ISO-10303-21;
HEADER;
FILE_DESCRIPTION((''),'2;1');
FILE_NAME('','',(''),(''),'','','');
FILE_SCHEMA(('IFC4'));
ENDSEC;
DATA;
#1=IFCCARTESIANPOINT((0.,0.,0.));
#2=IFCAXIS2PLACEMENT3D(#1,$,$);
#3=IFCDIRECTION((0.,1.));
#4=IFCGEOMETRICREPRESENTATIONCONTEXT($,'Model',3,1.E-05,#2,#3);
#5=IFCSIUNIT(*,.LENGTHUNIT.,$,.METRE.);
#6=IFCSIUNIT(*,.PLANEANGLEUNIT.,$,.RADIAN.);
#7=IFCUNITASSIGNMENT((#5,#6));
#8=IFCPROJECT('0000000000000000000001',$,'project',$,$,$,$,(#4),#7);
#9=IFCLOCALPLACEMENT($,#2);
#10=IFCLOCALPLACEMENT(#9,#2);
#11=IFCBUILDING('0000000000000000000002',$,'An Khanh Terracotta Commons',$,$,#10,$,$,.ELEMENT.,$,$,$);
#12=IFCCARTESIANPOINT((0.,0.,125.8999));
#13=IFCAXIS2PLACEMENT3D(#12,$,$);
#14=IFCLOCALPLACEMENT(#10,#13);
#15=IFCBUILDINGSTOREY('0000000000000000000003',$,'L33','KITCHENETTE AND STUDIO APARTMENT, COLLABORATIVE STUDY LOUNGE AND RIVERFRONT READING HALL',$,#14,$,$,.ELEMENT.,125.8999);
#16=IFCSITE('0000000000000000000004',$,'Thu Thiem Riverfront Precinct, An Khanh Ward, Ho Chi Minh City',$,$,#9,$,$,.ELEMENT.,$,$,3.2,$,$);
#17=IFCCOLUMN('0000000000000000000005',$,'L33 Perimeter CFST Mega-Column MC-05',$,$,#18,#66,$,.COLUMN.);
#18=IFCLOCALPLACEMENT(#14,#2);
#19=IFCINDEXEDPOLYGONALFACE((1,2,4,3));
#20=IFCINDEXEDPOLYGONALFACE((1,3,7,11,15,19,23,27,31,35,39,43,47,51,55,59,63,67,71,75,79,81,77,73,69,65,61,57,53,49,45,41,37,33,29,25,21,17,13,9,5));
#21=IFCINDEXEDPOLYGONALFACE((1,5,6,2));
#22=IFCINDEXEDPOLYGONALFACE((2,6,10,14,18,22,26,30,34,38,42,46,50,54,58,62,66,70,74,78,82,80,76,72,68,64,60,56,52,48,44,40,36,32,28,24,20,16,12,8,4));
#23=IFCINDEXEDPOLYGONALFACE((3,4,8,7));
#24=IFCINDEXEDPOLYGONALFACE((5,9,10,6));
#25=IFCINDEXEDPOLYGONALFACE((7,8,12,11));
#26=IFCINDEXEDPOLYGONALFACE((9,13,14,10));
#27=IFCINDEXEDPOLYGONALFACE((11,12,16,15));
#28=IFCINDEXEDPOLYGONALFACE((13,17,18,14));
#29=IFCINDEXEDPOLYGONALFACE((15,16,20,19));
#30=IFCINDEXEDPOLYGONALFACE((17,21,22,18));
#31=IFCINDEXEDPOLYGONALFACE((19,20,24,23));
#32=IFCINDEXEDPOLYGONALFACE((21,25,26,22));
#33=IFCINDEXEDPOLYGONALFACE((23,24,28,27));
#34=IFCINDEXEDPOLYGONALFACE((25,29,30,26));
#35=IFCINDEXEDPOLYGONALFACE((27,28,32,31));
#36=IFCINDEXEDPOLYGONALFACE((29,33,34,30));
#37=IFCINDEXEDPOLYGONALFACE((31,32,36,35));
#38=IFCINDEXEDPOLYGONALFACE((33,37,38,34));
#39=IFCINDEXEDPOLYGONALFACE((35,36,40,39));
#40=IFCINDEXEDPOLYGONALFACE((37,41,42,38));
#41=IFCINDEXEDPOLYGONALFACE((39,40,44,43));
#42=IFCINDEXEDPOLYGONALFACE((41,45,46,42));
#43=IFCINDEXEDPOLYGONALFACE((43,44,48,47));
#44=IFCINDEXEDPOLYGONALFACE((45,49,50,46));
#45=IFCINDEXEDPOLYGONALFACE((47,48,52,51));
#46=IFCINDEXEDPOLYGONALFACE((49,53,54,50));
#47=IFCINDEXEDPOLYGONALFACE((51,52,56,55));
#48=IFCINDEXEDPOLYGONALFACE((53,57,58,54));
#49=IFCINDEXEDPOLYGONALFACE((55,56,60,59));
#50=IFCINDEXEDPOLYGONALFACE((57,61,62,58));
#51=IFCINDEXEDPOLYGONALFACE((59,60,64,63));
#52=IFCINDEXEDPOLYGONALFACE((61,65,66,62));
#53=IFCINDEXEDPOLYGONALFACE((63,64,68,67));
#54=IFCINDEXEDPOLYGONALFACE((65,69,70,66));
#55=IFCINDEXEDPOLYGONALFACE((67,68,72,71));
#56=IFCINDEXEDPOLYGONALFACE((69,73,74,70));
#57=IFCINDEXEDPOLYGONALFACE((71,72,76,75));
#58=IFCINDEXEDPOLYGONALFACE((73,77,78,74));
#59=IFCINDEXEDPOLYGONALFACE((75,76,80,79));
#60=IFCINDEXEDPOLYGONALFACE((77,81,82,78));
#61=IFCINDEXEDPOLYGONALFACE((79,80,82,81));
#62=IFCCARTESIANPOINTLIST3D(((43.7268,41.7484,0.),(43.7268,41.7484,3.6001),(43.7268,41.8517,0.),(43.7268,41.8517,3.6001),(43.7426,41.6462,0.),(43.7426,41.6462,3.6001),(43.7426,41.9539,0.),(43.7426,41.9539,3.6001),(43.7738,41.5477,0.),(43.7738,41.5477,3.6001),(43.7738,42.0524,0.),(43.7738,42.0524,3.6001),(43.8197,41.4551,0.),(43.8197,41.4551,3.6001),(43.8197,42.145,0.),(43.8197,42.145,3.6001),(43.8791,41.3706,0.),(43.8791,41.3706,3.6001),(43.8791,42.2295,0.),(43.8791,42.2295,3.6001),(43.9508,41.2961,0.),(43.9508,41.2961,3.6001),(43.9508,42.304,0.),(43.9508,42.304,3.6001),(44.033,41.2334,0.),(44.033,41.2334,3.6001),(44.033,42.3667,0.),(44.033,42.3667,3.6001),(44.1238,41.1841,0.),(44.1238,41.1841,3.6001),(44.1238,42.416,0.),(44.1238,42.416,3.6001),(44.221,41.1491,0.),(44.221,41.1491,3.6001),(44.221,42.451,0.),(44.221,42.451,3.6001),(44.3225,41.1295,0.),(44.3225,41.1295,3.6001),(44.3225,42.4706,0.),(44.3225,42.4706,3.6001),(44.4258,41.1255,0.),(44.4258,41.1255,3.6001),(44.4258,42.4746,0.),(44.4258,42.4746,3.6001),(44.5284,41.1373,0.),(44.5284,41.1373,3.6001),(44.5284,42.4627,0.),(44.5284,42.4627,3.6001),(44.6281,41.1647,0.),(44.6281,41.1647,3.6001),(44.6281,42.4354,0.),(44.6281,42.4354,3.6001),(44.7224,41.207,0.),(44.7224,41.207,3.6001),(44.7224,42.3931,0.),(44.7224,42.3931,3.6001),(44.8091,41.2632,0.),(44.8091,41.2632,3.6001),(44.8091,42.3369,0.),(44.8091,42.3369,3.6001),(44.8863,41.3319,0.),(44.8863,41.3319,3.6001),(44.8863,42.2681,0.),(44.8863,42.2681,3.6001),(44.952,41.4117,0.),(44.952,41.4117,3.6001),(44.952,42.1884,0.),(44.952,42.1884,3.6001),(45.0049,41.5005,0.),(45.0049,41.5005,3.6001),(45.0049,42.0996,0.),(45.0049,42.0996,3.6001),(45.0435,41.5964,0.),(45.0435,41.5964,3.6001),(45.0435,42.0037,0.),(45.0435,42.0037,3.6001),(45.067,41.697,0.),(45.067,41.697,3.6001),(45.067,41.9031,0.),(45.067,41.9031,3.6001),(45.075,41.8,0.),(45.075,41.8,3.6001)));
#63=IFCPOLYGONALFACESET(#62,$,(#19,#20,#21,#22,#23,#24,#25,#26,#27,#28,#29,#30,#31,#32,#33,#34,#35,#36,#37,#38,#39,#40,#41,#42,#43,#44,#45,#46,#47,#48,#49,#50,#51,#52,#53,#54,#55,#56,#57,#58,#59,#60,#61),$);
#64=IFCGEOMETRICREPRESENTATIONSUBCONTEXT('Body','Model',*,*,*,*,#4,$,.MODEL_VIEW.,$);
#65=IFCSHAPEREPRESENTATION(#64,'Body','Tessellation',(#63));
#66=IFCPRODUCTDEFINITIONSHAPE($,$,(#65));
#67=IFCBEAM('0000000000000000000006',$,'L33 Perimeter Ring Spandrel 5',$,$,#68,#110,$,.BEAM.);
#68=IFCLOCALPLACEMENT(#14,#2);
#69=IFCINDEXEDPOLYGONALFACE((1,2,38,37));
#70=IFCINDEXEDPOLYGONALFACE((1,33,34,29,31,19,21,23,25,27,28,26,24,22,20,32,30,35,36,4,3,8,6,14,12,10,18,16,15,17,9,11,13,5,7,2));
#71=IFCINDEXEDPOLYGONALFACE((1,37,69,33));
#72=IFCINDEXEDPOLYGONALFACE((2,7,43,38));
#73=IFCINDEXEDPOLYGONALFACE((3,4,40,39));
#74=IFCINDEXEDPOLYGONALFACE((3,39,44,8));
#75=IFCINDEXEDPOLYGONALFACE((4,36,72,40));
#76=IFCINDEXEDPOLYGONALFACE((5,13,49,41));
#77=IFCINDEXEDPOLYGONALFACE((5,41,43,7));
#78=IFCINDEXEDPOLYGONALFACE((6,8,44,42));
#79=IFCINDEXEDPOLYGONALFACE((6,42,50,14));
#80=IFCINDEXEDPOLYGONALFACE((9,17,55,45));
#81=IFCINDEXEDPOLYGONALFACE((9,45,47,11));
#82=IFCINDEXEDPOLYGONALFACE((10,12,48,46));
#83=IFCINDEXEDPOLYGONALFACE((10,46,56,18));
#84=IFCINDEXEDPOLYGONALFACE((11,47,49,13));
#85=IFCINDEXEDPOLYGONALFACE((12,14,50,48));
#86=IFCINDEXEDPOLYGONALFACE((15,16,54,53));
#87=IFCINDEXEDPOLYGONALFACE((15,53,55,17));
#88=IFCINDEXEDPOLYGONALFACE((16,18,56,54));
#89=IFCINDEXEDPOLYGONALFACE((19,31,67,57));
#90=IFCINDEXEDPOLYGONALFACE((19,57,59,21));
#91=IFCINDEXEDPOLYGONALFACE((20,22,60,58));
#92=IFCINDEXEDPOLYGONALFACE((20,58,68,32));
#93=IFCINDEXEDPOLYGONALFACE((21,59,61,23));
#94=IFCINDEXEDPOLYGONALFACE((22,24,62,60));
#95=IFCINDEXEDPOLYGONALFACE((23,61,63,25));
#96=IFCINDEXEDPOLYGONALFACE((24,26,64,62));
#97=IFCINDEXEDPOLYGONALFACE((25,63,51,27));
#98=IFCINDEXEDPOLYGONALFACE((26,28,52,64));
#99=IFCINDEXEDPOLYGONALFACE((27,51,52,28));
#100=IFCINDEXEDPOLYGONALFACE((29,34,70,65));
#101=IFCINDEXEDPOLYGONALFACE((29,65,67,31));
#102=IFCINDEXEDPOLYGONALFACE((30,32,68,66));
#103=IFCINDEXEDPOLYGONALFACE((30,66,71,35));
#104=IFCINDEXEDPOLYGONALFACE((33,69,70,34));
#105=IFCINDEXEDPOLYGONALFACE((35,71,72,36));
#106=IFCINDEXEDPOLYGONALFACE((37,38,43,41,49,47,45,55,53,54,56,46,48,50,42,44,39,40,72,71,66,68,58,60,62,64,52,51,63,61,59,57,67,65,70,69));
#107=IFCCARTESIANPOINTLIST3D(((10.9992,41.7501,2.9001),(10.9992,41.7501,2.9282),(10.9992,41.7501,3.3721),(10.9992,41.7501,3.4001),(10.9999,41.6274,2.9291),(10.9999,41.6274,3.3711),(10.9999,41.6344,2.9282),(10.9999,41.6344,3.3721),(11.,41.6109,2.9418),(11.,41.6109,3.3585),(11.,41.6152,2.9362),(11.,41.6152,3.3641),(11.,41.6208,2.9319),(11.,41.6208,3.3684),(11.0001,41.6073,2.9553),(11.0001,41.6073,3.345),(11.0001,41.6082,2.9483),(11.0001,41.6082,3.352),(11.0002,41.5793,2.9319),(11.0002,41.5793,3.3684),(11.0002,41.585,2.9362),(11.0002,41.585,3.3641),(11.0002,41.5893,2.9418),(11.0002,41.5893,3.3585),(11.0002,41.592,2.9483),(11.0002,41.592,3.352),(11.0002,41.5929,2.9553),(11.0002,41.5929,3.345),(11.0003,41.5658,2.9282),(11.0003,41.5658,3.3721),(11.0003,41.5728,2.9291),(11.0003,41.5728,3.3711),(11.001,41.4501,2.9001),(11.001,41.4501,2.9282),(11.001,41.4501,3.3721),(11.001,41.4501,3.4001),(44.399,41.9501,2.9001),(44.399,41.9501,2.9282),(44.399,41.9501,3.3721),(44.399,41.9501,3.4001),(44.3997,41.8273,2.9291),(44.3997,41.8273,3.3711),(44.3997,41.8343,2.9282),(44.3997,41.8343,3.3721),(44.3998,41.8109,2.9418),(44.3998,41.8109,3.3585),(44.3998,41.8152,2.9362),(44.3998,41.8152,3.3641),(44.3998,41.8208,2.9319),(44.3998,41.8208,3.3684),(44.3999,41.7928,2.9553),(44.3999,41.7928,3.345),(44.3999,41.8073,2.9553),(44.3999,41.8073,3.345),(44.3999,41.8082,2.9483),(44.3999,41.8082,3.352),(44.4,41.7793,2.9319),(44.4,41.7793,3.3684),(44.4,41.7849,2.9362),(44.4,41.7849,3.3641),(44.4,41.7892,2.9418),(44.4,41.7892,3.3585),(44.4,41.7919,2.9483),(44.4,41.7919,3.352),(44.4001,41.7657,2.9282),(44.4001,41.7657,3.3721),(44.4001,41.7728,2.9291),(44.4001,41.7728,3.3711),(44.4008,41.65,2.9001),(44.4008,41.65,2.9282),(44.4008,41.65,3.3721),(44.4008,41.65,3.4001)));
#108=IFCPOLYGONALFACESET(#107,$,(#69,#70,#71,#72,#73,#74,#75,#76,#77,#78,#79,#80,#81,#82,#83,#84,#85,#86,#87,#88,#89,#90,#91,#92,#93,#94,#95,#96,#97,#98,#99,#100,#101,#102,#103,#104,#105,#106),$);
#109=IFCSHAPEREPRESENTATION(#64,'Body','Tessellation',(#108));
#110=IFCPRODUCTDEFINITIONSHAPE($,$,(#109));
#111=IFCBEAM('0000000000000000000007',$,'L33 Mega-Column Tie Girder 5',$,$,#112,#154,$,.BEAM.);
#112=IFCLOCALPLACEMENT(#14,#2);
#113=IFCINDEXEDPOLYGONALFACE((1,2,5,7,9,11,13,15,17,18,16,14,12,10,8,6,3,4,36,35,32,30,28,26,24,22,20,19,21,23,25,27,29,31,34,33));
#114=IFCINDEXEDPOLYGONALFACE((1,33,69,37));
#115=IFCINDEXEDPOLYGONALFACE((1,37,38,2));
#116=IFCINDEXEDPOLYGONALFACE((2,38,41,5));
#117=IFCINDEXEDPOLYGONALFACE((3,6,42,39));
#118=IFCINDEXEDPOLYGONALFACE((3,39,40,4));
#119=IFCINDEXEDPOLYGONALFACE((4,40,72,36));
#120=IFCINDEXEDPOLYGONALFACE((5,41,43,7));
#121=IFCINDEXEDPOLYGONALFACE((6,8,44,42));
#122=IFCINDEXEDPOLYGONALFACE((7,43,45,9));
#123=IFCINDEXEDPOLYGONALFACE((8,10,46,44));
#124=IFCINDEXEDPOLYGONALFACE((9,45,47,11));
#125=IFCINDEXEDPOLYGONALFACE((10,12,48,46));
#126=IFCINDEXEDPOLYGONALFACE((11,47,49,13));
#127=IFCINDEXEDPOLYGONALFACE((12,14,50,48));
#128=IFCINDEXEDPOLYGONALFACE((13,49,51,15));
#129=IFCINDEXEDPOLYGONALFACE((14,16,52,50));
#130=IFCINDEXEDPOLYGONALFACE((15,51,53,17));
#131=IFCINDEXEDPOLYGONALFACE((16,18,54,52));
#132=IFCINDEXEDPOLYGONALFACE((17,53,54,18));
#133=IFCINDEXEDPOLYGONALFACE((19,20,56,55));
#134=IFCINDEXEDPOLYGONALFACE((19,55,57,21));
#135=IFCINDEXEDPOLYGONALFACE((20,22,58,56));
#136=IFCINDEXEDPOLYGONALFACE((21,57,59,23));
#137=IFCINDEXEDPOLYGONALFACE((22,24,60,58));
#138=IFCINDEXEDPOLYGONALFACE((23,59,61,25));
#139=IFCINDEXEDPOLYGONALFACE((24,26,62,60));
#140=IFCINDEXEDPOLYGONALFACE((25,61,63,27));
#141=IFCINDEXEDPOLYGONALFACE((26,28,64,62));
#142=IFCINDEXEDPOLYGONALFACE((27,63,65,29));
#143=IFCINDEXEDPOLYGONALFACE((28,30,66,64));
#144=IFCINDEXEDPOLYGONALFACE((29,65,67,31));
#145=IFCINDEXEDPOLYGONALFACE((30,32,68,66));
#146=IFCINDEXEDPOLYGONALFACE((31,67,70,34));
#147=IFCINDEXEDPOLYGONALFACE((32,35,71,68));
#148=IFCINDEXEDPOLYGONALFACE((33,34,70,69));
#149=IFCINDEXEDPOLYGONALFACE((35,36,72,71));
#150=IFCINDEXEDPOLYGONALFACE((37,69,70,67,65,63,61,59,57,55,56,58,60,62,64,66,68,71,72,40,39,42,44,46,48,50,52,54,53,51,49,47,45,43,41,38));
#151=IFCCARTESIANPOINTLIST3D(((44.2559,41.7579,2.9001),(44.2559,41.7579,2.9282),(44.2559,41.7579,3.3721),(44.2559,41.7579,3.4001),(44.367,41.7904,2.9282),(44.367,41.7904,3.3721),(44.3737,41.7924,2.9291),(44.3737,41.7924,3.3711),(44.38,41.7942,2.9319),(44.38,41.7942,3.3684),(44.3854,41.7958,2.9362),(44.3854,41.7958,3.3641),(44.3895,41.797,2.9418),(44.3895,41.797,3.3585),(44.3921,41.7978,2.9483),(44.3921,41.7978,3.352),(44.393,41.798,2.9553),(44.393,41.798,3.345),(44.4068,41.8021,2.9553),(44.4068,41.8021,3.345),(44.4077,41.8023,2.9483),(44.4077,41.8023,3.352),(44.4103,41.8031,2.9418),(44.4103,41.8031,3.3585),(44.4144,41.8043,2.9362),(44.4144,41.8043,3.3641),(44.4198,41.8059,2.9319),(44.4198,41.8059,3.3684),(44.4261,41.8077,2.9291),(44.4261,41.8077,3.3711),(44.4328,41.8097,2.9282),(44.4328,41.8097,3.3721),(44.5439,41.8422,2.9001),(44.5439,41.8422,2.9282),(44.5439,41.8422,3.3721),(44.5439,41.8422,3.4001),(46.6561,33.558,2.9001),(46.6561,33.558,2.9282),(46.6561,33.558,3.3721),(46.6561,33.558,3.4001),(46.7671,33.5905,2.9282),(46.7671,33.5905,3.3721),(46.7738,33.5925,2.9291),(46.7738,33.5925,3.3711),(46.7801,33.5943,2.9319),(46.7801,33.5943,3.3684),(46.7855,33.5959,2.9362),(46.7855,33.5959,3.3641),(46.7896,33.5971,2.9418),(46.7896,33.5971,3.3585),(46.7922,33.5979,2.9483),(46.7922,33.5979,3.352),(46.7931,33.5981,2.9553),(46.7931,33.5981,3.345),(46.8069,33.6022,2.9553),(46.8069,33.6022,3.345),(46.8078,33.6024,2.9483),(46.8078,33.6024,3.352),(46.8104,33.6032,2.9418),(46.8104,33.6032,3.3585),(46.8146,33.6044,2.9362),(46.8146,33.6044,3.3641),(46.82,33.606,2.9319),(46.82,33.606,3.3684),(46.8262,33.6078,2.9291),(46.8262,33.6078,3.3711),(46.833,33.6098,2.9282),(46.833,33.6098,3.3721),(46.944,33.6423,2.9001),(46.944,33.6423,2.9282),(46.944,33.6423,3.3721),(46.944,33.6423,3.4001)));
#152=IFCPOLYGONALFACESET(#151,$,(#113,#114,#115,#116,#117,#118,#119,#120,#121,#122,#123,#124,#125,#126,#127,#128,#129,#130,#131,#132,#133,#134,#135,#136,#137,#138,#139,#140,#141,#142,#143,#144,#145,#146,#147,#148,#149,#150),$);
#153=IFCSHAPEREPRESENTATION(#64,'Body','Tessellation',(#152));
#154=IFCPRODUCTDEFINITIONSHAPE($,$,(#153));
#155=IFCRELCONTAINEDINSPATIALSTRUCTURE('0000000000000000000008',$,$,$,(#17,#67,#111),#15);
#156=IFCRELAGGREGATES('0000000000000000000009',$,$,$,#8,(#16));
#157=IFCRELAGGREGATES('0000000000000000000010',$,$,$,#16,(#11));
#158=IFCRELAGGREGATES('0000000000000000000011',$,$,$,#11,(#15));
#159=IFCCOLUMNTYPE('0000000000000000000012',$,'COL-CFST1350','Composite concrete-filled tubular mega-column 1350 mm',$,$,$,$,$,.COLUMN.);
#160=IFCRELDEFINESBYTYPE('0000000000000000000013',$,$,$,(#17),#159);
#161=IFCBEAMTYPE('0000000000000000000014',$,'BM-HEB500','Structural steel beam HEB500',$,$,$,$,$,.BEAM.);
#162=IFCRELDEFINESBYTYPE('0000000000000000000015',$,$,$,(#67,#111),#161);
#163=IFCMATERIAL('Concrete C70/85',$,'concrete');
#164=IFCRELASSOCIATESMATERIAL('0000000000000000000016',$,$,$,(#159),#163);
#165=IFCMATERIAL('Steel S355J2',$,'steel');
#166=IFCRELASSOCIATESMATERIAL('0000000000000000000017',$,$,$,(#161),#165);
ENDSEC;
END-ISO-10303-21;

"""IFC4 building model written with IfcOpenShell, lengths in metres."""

from ifc_helpers import new_model, si_unit, direction, frame, origin, origin_2d, place, context, subcontext, project, spatial, circle, i_section, extrude, material, material_profile, profile_set, type_object, element, save


model = new_model("IFC4")

# Units and contexts
model_context = context("Model", 3, precision=1e-05, world=origin(), true_north=direction((0.0, 1.0)))
body_context = subcontext(model_context, "Body", "Model", "MODEL_VIEW")
ifc_project = project(units=[si_unit("LENGTHUNIT", "METRE"), si_unit("PLANEANGLEUNIT", "RADIAN")], contexts=[model_context])

# Site, building, storey
site_placement = place(None, origin())
site = spatial("IfcSite", under=ifc_project, at=site_placement, Name="Thu Thiem Riverfront Precinct, An Khanh Ward, Ho Chi Minh City", CompositionType="ELEMENT", RefElevation=3.2)
building_placement = place(site_placement, origin())
building = spatial("IfcBuilding", under=site, at=building_placement, Name="An Khanh Terracotta Commons", CompositionType="ELEMENT")
storey_placement = place(building_placement, frame((0.0, 0.0, 125.8999)))
storey = spatial("IfcBuildingStorey", under=building, at=storey_placement, Name="L33", Description="KITCHENETTE AND STUDIO APARTMENT, COLLABORATIVE STUDY LOUNGE AND RIVERFRONT READING HALL", CompositionType="ELEMENT", Elevation=125.8999)

# Column
ifc_material_1 = material(Name="Concrete C70/85", Category="concrete")
ifc_material_profile_1 = material_profile(ifc_material_1, circle(Radius=0.675, at=origin_2d()), Name="CFST1350")
ifc_profile_set_1 = profile_set([ifc_material_profile_1], Name="Concrete C70/85")
column_type = type_object("IfcColumnType", Name="COL-CFST1350", Description="Composite concrete-filled tubular mega-column 1350 mm", PredefinedType="COLUMN", material=ifc_profile_set_1)
column_placement = place(storey_placement, frame((44.3999, 41.8, 0.0), z_axis=(0.0, 0.0, 1.0), x_axis=(1.0, 0.0, 0.0)))
element("IfcColumn", 1, at=column_placement, inside=storey, type_object=column_type, Name="L33 Perimeter CFST Mega-Column MC-05", PredefinedType="COLUMN", context=body_context, shape_type="SweptSolid", body=[
    extrude(circle(Radius=0.675, at=origin_2d()), origin(), (0.0, 0.0, 1.0), 3.6001),
])

# Beams
ifc_material_2 = material(Name="Steel S355J2", Category="steel")
ifc_material_profile_2 = material_profile(ifc_material_2, i_section(OverallWidth=0.3, OverallDepth=0.5, WebThickness=0.0144, FlangeThickness=0.0281, FilletRadius=0.0271, at=origin_2d()), Name="HEB500")
ifc_profile_set_2 = profile_set([ifc_material_profile_2], Name="Steel S355J2")
beam_type = type_object("IfcBeamType", Name="BM-HEB500", Description="Structural steel beam HEB500", PredefinedType="BEAM", material=ifc_profile_set_2)
beam_1_placement = place(storey_placement, frame((44.3999, 41.8, 3.1501), z_axis=(-0.999982, -0.005986, 0.0), x_axis=(0.005986, -0.999982, 0.0)))
element("IfcBeam", 2, at=beam_1_placement, inside=storey, type_object=beam_type, Name="L33 Perimeter Ring Spandrel 5", PredefinedType="BEAM", context=body_context, shape_type="SweptSolid", body=[
    extrude(i_section(OverallWidth=0.3, OverallDepth=0.5, WebThickness=0.0144, FlangeThickness=0.0281, FilletRadius=0.0271, at=origin_2d()), origin(), (0.0, 0.0, 1.0), 33.4004),
])
beam_2_placement = place(storey_placement, frame((44.3999, 41.8, 3.1501), z_axis=(0.280916, -0.959732, 0.0), x_axis=(0.959732, 0.280916, 0.0)))
element("IfcBeam", 3, at=beam_2_placement, inside=storey, type_object=beam_type, Name="L33 Mega-Column Tie Girder 5", PredefinedType="BEAM", context=body_context, shape_type="SweptSolid", body=[
    extrude(i_section(OverallWidth=0.3, OverallDepth=0.5, WebThickness=0.0144, FlangeThickness=0.0281, FilletRadius=0.0271, at=origin_2d()), origin(), (0.0, 0.0, 1.0), 8.5439),
])

save(model, "model.ifc")
